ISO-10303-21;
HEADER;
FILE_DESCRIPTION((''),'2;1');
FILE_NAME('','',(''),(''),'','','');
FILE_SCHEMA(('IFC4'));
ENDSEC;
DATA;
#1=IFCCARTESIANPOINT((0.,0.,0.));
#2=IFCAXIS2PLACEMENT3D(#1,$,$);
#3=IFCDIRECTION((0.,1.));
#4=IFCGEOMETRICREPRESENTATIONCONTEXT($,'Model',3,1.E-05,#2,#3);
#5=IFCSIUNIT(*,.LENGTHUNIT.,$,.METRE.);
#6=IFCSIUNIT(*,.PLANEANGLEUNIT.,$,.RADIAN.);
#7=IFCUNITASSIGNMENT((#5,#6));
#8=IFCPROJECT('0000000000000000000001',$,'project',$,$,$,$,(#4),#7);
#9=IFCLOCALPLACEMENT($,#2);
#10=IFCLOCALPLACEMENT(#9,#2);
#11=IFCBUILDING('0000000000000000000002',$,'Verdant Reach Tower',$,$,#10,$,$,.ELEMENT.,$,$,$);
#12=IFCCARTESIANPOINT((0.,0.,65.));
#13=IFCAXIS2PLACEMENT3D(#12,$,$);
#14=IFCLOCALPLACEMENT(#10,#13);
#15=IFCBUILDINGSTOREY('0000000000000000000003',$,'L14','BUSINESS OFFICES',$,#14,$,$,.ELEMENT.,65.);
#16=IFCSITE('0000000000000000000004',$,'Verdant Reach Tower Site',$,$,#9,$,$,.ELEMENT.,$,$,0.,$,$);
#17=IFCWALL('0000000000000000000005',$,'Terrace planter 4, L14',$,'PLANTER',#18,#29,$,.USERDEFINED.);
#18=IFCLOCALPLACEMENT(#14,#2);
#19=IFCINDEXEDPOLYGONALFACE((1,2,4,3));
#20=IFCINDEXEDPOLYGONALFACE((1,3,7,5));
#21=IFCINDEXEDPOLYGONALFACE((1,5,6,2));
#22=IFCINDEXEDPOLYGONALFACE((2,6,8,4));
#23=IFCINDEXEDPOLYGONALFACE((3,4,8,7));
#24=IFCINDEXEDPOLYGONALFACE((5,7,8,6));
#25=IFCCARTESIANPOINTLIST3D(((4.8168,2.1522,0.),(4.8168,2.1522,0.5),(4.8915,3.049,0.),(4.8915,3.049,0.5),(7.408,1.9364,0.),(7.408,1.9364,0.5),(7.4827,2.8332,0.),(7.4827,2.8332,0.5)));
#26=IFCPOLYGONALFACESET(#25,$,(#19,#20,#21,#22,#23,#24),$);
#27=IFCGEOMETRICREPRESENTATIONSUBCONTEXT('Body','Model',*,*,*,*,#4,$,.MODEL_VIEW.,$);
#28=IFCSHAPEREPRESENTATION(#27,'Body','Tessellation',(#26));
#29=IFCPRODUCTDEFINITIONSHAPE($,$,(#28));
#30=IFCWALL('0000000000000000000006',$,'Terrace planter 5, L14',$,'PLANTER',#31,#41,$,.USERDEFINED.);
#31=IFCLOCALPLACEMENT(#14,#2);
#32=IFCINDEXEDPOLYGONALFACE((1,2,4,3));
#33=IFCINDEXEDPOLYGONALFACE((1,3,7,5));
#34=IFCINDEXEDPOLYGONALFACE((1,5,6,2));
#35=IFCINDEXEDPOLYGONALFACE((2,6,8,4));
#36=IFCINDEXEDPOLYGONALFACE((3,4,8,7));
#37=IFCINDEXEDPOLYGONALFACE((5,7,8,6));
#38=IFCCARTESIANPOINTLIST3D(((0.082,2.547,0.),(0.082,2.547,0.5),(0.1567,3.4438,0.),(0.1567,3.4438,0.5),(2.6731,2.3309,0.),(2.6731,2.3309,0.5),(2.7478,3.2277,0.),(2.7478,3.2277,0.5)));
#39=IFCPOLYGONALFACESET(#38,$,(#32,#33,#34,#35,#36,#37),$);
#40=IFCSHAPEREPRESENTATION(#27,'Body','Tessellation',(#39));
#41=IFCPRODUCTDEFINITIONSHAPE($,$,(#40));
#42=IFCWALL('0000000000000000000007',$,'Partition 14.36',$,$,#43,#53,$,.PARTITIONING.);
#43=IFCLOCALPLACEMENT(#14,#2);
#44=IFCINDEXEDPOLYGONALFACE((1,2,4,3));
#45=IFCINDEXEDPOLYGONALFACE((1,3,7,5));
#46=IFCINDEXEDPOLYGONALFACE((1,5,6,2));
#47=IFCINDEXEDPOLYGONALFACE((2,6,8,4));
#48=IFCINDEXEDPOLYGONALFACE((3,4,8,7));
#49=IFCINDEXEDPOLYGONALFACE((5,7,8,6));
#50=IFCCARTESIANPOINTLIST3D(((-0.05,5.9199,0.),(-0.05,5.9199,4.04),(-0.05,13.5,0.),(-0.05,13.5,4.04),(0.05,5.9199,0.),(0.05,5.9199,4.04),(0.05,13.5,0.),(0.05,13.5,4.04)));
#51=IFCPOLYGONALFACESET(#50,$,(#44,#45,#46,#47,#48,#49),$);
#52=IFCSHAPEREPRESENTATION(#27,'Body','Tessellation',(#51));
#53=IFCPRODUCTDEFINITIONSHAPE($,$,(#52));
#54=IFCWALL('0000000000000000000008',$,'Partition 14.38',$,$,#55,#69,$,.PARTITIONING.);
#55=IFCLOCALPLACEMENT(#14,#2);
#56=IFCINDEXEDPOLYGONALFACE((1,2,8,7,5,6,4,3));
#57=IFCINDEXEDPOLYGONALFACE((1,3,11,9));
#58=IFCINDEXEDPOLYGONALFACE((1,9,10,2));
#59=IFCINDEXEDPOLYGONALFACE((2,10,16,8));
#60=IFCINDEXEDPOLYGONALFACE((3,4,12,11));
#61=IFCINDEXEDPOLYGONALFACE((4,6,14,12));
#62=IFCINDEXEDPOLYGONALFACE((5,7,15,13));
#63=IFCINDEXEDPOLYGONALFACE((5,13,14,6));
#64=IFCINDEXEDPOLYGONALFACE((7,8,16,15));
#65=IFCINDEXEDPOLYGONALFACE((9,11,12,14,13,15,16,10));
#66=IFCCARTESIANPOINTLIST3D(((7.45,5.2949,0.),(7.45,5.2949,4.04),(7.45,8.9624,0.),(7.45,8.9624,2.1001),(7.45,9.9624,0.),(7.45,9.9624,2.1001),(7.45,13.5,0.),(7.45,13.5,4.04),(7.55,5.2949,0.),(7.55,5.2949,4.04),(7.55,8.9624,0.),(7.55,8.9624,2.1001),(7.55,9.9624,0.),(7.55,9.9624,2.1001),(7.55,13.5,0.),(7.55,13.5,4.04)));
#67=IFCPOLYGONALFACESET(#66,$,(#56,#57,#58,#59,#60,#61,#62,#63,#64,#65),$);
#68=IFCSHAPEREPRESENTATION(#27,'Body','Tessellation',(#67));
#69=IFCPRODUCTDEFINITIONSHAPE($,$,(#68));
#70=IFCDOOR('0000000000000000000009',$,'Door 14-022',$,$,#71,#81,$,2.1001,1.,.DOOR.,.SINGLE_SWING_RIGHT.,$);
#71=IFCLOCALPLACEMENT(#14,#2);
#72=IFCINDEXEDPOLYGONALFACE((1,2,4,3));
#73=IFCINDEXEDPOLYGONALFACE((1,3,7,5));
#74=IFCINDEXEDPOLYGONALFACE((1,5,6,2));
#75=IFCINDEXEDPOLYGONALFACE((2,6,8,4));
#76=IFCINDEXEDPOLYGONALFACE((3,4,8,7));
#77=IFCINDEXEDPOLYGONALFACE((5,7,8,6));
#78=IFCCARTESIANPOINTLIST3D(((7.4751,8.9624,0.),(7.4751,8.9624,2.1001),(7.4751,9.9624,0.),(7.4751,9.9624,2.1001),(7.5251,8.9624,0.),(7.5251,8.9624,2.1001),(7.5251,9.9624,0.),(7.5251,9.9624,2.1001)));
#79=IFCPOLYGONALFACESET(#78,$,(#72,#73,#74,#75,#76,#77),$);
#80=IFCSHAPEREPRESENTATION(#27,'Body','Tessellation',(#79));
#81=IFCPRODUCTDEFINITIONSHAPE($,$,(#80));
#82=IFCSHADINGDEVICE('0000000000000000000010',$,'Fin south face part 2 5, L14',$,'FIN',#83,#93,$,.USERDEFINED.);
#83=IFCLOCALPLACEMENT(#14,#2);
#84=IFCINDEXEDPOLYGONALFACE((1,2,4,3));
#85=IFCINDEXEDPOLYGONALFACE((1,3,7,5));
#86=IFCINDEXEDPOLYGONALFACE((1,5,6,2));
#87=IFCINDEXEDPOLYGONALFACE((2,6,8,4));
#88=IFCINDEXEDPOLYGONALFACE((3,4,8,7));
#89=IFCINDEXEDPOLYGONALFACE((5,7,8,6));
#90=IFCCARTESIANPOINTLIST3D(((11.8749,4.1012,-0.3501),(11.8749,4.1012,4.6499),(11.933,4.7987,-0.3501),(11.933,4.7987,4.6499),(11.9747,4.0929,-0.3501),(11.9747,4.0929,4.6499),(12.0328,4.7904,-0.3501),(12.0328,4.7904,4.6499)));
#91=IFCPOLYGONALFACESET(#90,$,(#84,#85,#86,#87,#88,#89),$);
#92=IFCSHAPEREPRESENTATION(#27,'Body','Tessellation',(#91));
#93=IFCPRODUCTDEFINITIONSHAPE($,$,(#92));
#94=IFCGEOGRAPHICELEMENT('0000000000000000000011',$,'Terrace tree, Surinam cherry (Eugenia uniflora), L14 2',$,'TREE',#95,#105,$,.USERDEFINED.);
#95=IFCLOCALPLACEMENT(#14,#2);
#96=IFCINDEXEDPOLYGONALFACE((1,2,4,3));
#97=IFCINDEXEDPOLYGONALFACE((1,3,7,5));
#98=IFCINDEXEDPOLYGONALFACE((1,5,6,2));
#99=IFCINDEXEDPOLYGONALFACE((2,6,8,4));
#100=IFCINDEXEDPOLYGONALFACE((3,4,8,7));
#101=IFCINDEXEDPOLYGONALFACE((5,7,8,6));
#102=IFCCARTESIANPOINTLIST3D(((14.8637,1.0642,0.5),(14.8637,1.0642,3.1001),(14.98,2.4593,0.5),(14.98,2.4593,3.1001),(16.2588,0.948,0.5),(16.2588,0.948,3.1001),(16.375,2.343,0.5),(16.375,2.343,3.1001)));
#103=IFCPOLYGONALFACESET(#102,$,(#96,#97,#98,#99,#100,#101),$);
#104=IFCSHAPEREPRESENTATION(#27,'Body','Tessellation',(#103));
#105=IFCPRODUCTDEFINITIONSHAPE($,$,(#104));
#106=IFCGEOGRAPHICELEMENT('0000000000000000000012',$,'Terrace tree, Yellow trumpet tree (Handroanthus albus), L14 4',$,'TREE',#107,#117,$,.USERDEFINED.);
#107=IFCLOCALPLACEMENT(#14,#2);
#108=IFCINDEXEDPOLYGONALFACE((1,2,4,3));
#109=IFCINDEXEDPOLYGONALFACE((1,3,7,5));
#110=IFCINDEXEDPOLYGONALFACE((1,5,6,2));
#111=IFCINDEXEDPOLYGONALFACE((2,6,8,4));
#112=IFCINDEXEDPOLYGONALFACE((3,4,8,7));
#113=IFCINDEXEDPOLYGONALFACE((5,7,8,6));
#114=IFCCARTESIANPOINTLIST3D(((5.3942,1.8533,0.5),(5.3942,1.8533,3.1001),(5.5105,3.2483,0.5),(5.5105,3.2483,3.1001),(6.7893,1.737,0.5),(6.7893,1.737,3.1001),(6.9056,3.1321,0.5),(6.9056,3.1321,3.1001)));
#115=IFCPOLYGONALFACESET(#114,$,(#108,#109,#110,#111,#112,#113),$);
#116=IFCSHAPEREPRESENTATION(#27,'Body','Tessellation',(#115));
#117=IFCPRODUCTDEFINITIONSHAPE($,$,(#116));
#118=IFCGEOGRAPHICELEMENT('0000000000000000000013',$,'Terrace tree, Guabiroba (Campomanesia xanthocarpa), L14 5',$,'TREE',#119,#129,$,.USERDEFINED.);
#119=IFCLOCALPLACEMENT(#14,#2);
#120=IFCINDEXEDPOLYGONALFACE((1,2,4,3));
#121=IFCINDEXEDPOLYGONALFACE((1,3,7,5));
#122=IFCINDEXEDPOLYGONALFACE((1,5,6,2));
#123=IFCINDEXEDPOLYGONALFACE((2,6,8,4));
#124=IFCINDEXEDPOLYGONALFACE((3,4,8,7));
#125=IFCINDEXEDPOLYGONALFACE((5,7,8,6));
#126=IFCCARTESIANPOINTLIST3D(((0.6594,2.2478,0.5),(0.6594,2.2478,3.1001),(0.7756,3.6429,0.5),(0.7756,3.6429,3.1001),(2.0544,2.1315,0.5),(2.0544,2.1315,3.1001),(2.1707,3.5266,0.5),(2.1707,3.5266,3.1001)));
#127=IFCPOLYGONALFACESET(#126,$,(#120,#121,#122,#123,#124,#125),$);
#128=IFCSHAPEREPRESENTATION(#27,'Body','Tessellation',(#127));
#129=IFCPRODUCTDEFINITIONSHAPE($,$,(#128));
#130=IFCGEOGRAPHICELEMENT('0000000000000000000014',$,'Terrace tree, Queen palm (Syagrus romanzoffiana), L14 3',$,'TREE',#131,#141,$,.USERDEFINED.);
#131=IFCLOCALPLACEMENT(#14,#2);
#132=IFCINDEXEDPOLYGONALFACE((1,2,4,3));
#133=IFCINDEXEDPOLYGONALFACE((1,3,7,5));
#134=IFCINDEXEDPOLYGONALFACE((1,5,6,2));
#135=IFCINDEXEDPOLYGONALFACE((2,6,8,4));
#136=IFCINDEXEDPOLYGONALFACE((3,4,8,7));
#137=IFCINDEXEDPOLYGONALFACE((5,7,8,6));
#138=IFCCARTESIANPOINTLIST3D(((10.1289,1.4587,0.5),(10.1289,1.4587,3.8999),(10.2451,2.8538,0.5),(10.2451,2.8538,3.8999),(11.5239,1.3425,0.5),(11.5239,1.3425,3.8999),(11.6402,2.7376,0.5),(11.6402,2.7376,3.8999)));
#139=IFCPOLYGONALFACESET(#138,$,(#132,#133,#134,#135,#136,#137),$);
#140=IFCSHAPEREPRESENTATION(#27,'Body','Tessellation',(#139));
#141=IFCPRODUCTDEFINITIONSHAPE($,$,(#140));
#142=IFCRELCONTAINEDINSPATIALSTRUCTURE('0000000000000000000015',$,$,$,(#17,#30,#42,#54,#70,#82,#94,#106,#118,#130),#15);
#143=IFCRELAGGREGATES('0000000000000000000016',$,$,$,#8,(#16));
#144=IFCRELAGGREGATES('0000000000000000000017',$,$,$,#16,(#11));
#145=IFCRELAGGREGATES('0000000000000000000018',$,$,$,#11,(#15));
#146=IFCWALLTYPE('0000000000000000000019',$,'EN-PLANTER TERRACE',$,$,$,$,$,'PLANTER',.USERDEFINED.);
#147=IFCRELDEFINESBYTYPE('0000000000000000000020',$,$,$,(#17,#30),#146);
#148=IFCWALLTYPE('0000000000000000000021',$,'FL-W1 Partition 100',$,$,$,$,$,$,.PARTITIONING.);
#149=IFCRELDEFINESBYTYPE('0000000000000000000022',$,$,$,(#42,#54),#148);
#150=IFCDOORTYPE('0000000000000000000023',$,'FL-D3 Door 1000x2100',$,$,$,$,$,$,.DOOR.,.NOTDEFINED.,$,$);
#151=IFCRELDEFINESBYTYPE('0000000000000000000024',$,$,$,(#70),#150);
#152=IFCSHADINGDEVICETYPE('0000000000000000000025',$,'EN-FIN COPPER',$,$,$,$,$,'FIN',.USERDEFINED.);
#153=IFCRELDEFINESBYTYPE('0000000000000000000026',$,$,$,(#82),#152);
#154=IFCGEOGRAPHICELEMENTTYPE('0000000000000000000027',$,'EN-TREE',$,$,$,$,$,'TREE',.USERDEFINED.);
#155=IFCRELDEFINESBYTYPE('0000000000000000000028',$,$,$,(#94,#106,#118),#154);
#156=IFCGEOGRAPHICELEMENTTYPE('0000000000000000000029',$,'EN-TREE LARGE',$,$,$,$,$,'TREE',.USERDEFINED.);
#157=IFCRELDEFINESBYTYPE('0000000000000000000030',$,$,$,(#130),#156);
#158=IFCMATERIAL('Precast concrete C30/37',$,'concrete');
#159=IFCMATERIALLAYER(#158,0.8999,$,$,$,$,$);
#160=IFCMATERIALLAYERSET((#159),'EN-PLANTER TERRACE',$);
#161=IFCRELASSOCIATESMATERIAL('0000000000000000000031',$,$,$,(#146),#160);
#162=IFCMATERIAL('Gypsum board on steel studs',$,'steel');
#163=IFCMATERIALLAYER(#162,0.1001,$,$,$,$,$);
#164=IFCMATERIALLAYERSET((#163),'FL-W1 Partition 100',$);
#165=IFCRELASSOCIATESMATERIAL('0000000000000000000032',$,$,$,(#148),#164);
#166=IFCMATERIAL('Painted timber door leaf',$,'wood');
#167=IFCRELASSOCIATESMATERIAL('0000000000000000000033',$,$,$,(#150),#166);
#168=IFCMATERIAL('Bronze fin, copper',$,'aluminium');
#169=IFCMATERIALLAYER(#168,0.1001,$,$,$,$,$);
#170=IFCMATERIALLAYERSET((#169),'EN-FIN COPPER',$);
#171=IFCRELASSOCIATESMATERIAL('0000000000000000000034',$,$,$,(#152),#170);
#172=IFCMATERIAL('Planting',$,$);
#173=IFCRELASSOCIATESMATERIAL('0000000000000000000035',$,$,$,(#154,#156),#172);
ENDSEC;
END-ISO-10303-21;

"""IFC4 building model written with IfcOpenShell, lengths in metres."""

from ifc_helpers import new_model, si_unit, direction, frame, frame_2d, origin, origin_2d, place, context, subcontext, project, spatial, rectangle, extrude, material, layer, layer_set, type_object, element, fill, save


model = new_model("IFC4")

# Units and contexts
model_context = context("Model", 3, precision=1e-05, world=origin(), true_north=direction((0.0, 1.0)))
body_context = subcontext(model_context, "Body", "Model", "MODEL_VIEW")
ifc_project = project(units=[si_unit("LENGTHUNIT", "METRE"), si_unit("PLANEANGLEUNIT", "RADIAN")], contexts=[model_context])

# Site, building, storey
site_placement = place(None, origin())
site = spatial("IfcSite", under=ifc_project, at=site_placement, Name="Verdant Reach Tower Site", CompositionType="ELEMENT", RefElevation=0.0)
building_placement = place(site_placement, origin())
building = spatial("IfcBuilding", under=site, at=building_placement, Name="Verdant Reach Tower", CompositionType="ELEMENT")
storey_placement = place(building_placement, frame((0.0, 0.0, 65.0)))
storey = spatial("IfcBuildingStorey", under=building, at=storey_placement, Name="L14", Description="BUSINESS OFFICES", CompositionType="ELEMENT", Elevation=65.0)

# Walls
ifc_material_1 = material(Name="Precast concrete C30/37", Category="concrete")
ifc_layer_1 = layer(ifc_material_1, 0.8999)
ifc_layer_set_1 = layer_set([ifc_layer_1], Name="EN-PLANTER TERRACE")
wall_type_1 = type_object("IfcWallType", Name="EN-PLANTER TERRACE", ElementType="PLANTER", PredefinedType="USERDEFINED", material=ifc_layer_set_1)
for number, where, z_axis, x_axis, name in (
    (1, (7.4453, 2.3848, 0.0), (0.0, 0.0, 1.0), (-0.996549, 0.083007, 0.0), "Terrace planter 4, L14"),
    (2, (2.7104, 2.7793, 0.0), (0.0, 0.0, 1.0), (-0.996541, 0.0831, 0.0), "Terrace planter 5, L14"),
):
    element("IfcWall", number, at=place(storey_placement, frame(where, z_axis=z_axis, x_axis=x_axis)), inside=storey, type_object=wall_type_1, Name=name, ObjectType="PLANTER", PredefinedType="USERDEFINED", context=body_context, shape_type="SweptSolid", body=[
        extrude(rectangle(XDim=2.6001, YDim=0.8999, at=frame_2d((1.3, 0.0))), origin(), (0.0, 0.0, 1.0), 0.5),
    ])
ifc_material_2 = material(Name="Gypsum board on steel studs", Category="steel")
ifc_layer_2 = layer(ifc_material_2, 0.1001)
ifc_layer_set_2 = layer_set([ifc_layer_2], Name="FL-W1 Partition 100")
wall_type_2 = type_object("IfcWallType", Name="FL-W1 Partition 100", PredefinedType="PARTITIONING", material=ifc_layer_set_2)
wall_1_placement = place(storey_placement, frame((0.0, 5.9199, 0.0), z_axis=(0.0, 0.0, 1.0), x_axis=(0.0, 1.0, 0.0)))
element("IfcWall", 3, at=wall_1_placement, inside=storey, type_object=wall_type_2, Name="Partition 14.36", PredefinedType="PARTITIONING", context=body_context, shape_type="SweptSolid", body=[
    extrude(rectangle(XDim=7.5801, YDim=0.1001, at=frame_2d((3.79, 0.0))), origin(), (0.0, 0.0, 1.0), 4.04),
])

# Wall, opening, door
wall_2_placement = place(storey_placement, frame((7.5, 5.2949, 0.0), z_axis=(0.0, 0.0, 1.0), x_axis=(0.0, 1.0, 0.0)))
wall_2 = element("IfcWall", 4, at=wall_2_placement, inside=storey, type_object=wall_type_2, Name="Partition 14.38", PredefinedType="PARTITIONING", context=body_context, shape_type="SweptSolid", body=[
    extrude(rectangle(XDim=8.2051, YDim=0.1001, at=frame_2d((4.1025, 0.0))), origin(), (0.0, 0.0, 1.0), 4.04),
])
opening_1_placement = place(wall_2_placement, frame((3.6675, 0.0, 0.0)))
opening_1 = element("IfcOpeningElement", 5, at=opening_1_placement, cuts=wall_2, PredefinedType="OPENING", context=body_context, shape_type="SweptSolid", body=[
    extrude(rectangle(XDim=1.0, YDim=2.1001, at=frame_2d((0.5, 1.05))), frame((0.0, 0.0601, 0.0), z_axis=(0.0, -1.0, 0.0), x_axis=(1.0, 0.0, 0.0)), (0.0, 0.0, 1.0), 0.1201),
])
ifc_material_3 = material(Name="Painted timber door leaf", Category="wood")
door_type_1 = type_object("IfcDoorType", Name="FL-D3 Door 1000x2100", OperationType="NOTDEFINED", PredefinedType="DOOR", material=ifc_material_3)
door_1_placement = place(opening_1_placement, origin())
door_1 = element("IfcDoor", 6, at=door_1_placement, inside=storey, type_object=door_type_1, Name="Door 14-022", OperationType="SINGLE_SWING_RIGHT", OverallHeight=2.1001, OverallWidth=1.0, PredefinedType="DOOR", context=body_context, shape_type="SweptSolid", body=[
    extrude(rectangle(XDim=1.0, YDim=2.1001, at=frame_2d((0.5, 1.05))), frame((0.0, 0.0249, 0.0), z_axis=(0.0, -1.0, 0.0), x_axis=(1.0, 0.0, 0.0)), (0.0, 0.0, 1.0), 0.05),
])
fill(opening_1, door_1)

# Shading device
ifc_material_4 = material(Name="Bronze fin, copper", Category="aluminium")
ifc_layer_3 = layer(ifc_material_4, 0.1001)
ifc_layer_set_3 = layer_set([ifc_layer_3], Name="EN-FIN COPPER")
shading_device_type = type_object("IfcShadingDeviceType", Name="EN-FIN COPPER", ElementType="FIN", PredefinedType="USERDEFINED", material=ifc_layer_set_3)
shading_device_placement = place(storey_placement, frame((11.9539, 4.4458, -0.3501), z_axis=(0.0, 0.0, 1.0), x_axis=(0.996546, -0.083045, 0.0)))
element("IfcShadingDevice", 7, at=shading_device_placement, inside=storey, type_object=shading_device_type, Name="Fin south face part 2 5, L14", ObjectType="FIN", PredefinedType="USERDEFINED", context=body_context, shape_type="SweptSolid", body=[
    extrude(rectangle(XDim=0.1001, YDim=0.7, at=origin_2d()), origin(), (0.0, 0.0, 1.0), 5.0),
])

# Geographic elements
ifc_material_5 = material(Name="Planting")
geographic_element_type_1 = type_object("IfcGeographicElementType", Name="EN-TREE", ElementType="TREE", PredefinedType="USERDEFINED", material=ifc_material_5)
for number, where, z_axis, x_axis, name in (
    (8, (15.6194, 1.7036, 0.5), (0.0, 0.0, 1.0), (-0.996546, 0.083045, 0.0), "Terrace tree, Surinam cherry (Eugenia uniflora), L14 2"),
    (9, (6.1499, 2.4927, 0.5), (0.0, 0.0, 1.0), (-0.996546, 0.083045, 0.0), "Terrace tree, Yellow trumpet tree (Handroanthus albus), L14 4"),
    (10, (1.415, 2.8872, 0.5), (0.0, 0.0, 1.0), (-0.996546, 0.083045, 0.0), "Terrace tree, Guabiroba (Campomanesia xanthocarpa), L14 5"),
):
    element("IfcGeographicElement", number, at=place(storey_placement, frame(where, z_axis=z_axis, x_axis=x_axis)), inside=storey, type_object=geographic_element_type_1, Name=name, ObjectType="TREE", PredefinedType="USERDEFINED", context=body_context, shape_type="SweptSolid", body=[
        extrude(rectangle(XDim=1.3999, YDim=1.3999, at=origin_2d()), origin(), (0.0, 0.0, 1.0), 2.6001),
    ])
geographic_element_type_2 = type_object("IfcGeographicElementType", Name="EN-TREE LARGE", ElementType="TREE", PredefinedType="USERDEFINED", material=ifc_material_5)
geographic_element_placement = place(storey_placement, frame((10.8845, 2.0981, 0.5), z_axis=(0.0, 0.0, 1.0), x_axis=(-0.996546, 0.083045, 0.0)))
element("IfcGeographicElement", 11, at=geographic_element_placement, inside=storey, type_object=geographic_element_type_2, Name="Terrace tree, Queen palm (Syagrus romanzoffiana), L14 3", ObjectType="TREE", PredefinedType="USERDEFINED", context=body_context, shape_type="SweptSolid", body=[
    extrude(rectangle(XDim=1.3999, YDim=1.3999, at=origin_2d()), origin(), (0.0, 0.0, 1.0), 3.3999),
])

save(model, "model.ifc")
